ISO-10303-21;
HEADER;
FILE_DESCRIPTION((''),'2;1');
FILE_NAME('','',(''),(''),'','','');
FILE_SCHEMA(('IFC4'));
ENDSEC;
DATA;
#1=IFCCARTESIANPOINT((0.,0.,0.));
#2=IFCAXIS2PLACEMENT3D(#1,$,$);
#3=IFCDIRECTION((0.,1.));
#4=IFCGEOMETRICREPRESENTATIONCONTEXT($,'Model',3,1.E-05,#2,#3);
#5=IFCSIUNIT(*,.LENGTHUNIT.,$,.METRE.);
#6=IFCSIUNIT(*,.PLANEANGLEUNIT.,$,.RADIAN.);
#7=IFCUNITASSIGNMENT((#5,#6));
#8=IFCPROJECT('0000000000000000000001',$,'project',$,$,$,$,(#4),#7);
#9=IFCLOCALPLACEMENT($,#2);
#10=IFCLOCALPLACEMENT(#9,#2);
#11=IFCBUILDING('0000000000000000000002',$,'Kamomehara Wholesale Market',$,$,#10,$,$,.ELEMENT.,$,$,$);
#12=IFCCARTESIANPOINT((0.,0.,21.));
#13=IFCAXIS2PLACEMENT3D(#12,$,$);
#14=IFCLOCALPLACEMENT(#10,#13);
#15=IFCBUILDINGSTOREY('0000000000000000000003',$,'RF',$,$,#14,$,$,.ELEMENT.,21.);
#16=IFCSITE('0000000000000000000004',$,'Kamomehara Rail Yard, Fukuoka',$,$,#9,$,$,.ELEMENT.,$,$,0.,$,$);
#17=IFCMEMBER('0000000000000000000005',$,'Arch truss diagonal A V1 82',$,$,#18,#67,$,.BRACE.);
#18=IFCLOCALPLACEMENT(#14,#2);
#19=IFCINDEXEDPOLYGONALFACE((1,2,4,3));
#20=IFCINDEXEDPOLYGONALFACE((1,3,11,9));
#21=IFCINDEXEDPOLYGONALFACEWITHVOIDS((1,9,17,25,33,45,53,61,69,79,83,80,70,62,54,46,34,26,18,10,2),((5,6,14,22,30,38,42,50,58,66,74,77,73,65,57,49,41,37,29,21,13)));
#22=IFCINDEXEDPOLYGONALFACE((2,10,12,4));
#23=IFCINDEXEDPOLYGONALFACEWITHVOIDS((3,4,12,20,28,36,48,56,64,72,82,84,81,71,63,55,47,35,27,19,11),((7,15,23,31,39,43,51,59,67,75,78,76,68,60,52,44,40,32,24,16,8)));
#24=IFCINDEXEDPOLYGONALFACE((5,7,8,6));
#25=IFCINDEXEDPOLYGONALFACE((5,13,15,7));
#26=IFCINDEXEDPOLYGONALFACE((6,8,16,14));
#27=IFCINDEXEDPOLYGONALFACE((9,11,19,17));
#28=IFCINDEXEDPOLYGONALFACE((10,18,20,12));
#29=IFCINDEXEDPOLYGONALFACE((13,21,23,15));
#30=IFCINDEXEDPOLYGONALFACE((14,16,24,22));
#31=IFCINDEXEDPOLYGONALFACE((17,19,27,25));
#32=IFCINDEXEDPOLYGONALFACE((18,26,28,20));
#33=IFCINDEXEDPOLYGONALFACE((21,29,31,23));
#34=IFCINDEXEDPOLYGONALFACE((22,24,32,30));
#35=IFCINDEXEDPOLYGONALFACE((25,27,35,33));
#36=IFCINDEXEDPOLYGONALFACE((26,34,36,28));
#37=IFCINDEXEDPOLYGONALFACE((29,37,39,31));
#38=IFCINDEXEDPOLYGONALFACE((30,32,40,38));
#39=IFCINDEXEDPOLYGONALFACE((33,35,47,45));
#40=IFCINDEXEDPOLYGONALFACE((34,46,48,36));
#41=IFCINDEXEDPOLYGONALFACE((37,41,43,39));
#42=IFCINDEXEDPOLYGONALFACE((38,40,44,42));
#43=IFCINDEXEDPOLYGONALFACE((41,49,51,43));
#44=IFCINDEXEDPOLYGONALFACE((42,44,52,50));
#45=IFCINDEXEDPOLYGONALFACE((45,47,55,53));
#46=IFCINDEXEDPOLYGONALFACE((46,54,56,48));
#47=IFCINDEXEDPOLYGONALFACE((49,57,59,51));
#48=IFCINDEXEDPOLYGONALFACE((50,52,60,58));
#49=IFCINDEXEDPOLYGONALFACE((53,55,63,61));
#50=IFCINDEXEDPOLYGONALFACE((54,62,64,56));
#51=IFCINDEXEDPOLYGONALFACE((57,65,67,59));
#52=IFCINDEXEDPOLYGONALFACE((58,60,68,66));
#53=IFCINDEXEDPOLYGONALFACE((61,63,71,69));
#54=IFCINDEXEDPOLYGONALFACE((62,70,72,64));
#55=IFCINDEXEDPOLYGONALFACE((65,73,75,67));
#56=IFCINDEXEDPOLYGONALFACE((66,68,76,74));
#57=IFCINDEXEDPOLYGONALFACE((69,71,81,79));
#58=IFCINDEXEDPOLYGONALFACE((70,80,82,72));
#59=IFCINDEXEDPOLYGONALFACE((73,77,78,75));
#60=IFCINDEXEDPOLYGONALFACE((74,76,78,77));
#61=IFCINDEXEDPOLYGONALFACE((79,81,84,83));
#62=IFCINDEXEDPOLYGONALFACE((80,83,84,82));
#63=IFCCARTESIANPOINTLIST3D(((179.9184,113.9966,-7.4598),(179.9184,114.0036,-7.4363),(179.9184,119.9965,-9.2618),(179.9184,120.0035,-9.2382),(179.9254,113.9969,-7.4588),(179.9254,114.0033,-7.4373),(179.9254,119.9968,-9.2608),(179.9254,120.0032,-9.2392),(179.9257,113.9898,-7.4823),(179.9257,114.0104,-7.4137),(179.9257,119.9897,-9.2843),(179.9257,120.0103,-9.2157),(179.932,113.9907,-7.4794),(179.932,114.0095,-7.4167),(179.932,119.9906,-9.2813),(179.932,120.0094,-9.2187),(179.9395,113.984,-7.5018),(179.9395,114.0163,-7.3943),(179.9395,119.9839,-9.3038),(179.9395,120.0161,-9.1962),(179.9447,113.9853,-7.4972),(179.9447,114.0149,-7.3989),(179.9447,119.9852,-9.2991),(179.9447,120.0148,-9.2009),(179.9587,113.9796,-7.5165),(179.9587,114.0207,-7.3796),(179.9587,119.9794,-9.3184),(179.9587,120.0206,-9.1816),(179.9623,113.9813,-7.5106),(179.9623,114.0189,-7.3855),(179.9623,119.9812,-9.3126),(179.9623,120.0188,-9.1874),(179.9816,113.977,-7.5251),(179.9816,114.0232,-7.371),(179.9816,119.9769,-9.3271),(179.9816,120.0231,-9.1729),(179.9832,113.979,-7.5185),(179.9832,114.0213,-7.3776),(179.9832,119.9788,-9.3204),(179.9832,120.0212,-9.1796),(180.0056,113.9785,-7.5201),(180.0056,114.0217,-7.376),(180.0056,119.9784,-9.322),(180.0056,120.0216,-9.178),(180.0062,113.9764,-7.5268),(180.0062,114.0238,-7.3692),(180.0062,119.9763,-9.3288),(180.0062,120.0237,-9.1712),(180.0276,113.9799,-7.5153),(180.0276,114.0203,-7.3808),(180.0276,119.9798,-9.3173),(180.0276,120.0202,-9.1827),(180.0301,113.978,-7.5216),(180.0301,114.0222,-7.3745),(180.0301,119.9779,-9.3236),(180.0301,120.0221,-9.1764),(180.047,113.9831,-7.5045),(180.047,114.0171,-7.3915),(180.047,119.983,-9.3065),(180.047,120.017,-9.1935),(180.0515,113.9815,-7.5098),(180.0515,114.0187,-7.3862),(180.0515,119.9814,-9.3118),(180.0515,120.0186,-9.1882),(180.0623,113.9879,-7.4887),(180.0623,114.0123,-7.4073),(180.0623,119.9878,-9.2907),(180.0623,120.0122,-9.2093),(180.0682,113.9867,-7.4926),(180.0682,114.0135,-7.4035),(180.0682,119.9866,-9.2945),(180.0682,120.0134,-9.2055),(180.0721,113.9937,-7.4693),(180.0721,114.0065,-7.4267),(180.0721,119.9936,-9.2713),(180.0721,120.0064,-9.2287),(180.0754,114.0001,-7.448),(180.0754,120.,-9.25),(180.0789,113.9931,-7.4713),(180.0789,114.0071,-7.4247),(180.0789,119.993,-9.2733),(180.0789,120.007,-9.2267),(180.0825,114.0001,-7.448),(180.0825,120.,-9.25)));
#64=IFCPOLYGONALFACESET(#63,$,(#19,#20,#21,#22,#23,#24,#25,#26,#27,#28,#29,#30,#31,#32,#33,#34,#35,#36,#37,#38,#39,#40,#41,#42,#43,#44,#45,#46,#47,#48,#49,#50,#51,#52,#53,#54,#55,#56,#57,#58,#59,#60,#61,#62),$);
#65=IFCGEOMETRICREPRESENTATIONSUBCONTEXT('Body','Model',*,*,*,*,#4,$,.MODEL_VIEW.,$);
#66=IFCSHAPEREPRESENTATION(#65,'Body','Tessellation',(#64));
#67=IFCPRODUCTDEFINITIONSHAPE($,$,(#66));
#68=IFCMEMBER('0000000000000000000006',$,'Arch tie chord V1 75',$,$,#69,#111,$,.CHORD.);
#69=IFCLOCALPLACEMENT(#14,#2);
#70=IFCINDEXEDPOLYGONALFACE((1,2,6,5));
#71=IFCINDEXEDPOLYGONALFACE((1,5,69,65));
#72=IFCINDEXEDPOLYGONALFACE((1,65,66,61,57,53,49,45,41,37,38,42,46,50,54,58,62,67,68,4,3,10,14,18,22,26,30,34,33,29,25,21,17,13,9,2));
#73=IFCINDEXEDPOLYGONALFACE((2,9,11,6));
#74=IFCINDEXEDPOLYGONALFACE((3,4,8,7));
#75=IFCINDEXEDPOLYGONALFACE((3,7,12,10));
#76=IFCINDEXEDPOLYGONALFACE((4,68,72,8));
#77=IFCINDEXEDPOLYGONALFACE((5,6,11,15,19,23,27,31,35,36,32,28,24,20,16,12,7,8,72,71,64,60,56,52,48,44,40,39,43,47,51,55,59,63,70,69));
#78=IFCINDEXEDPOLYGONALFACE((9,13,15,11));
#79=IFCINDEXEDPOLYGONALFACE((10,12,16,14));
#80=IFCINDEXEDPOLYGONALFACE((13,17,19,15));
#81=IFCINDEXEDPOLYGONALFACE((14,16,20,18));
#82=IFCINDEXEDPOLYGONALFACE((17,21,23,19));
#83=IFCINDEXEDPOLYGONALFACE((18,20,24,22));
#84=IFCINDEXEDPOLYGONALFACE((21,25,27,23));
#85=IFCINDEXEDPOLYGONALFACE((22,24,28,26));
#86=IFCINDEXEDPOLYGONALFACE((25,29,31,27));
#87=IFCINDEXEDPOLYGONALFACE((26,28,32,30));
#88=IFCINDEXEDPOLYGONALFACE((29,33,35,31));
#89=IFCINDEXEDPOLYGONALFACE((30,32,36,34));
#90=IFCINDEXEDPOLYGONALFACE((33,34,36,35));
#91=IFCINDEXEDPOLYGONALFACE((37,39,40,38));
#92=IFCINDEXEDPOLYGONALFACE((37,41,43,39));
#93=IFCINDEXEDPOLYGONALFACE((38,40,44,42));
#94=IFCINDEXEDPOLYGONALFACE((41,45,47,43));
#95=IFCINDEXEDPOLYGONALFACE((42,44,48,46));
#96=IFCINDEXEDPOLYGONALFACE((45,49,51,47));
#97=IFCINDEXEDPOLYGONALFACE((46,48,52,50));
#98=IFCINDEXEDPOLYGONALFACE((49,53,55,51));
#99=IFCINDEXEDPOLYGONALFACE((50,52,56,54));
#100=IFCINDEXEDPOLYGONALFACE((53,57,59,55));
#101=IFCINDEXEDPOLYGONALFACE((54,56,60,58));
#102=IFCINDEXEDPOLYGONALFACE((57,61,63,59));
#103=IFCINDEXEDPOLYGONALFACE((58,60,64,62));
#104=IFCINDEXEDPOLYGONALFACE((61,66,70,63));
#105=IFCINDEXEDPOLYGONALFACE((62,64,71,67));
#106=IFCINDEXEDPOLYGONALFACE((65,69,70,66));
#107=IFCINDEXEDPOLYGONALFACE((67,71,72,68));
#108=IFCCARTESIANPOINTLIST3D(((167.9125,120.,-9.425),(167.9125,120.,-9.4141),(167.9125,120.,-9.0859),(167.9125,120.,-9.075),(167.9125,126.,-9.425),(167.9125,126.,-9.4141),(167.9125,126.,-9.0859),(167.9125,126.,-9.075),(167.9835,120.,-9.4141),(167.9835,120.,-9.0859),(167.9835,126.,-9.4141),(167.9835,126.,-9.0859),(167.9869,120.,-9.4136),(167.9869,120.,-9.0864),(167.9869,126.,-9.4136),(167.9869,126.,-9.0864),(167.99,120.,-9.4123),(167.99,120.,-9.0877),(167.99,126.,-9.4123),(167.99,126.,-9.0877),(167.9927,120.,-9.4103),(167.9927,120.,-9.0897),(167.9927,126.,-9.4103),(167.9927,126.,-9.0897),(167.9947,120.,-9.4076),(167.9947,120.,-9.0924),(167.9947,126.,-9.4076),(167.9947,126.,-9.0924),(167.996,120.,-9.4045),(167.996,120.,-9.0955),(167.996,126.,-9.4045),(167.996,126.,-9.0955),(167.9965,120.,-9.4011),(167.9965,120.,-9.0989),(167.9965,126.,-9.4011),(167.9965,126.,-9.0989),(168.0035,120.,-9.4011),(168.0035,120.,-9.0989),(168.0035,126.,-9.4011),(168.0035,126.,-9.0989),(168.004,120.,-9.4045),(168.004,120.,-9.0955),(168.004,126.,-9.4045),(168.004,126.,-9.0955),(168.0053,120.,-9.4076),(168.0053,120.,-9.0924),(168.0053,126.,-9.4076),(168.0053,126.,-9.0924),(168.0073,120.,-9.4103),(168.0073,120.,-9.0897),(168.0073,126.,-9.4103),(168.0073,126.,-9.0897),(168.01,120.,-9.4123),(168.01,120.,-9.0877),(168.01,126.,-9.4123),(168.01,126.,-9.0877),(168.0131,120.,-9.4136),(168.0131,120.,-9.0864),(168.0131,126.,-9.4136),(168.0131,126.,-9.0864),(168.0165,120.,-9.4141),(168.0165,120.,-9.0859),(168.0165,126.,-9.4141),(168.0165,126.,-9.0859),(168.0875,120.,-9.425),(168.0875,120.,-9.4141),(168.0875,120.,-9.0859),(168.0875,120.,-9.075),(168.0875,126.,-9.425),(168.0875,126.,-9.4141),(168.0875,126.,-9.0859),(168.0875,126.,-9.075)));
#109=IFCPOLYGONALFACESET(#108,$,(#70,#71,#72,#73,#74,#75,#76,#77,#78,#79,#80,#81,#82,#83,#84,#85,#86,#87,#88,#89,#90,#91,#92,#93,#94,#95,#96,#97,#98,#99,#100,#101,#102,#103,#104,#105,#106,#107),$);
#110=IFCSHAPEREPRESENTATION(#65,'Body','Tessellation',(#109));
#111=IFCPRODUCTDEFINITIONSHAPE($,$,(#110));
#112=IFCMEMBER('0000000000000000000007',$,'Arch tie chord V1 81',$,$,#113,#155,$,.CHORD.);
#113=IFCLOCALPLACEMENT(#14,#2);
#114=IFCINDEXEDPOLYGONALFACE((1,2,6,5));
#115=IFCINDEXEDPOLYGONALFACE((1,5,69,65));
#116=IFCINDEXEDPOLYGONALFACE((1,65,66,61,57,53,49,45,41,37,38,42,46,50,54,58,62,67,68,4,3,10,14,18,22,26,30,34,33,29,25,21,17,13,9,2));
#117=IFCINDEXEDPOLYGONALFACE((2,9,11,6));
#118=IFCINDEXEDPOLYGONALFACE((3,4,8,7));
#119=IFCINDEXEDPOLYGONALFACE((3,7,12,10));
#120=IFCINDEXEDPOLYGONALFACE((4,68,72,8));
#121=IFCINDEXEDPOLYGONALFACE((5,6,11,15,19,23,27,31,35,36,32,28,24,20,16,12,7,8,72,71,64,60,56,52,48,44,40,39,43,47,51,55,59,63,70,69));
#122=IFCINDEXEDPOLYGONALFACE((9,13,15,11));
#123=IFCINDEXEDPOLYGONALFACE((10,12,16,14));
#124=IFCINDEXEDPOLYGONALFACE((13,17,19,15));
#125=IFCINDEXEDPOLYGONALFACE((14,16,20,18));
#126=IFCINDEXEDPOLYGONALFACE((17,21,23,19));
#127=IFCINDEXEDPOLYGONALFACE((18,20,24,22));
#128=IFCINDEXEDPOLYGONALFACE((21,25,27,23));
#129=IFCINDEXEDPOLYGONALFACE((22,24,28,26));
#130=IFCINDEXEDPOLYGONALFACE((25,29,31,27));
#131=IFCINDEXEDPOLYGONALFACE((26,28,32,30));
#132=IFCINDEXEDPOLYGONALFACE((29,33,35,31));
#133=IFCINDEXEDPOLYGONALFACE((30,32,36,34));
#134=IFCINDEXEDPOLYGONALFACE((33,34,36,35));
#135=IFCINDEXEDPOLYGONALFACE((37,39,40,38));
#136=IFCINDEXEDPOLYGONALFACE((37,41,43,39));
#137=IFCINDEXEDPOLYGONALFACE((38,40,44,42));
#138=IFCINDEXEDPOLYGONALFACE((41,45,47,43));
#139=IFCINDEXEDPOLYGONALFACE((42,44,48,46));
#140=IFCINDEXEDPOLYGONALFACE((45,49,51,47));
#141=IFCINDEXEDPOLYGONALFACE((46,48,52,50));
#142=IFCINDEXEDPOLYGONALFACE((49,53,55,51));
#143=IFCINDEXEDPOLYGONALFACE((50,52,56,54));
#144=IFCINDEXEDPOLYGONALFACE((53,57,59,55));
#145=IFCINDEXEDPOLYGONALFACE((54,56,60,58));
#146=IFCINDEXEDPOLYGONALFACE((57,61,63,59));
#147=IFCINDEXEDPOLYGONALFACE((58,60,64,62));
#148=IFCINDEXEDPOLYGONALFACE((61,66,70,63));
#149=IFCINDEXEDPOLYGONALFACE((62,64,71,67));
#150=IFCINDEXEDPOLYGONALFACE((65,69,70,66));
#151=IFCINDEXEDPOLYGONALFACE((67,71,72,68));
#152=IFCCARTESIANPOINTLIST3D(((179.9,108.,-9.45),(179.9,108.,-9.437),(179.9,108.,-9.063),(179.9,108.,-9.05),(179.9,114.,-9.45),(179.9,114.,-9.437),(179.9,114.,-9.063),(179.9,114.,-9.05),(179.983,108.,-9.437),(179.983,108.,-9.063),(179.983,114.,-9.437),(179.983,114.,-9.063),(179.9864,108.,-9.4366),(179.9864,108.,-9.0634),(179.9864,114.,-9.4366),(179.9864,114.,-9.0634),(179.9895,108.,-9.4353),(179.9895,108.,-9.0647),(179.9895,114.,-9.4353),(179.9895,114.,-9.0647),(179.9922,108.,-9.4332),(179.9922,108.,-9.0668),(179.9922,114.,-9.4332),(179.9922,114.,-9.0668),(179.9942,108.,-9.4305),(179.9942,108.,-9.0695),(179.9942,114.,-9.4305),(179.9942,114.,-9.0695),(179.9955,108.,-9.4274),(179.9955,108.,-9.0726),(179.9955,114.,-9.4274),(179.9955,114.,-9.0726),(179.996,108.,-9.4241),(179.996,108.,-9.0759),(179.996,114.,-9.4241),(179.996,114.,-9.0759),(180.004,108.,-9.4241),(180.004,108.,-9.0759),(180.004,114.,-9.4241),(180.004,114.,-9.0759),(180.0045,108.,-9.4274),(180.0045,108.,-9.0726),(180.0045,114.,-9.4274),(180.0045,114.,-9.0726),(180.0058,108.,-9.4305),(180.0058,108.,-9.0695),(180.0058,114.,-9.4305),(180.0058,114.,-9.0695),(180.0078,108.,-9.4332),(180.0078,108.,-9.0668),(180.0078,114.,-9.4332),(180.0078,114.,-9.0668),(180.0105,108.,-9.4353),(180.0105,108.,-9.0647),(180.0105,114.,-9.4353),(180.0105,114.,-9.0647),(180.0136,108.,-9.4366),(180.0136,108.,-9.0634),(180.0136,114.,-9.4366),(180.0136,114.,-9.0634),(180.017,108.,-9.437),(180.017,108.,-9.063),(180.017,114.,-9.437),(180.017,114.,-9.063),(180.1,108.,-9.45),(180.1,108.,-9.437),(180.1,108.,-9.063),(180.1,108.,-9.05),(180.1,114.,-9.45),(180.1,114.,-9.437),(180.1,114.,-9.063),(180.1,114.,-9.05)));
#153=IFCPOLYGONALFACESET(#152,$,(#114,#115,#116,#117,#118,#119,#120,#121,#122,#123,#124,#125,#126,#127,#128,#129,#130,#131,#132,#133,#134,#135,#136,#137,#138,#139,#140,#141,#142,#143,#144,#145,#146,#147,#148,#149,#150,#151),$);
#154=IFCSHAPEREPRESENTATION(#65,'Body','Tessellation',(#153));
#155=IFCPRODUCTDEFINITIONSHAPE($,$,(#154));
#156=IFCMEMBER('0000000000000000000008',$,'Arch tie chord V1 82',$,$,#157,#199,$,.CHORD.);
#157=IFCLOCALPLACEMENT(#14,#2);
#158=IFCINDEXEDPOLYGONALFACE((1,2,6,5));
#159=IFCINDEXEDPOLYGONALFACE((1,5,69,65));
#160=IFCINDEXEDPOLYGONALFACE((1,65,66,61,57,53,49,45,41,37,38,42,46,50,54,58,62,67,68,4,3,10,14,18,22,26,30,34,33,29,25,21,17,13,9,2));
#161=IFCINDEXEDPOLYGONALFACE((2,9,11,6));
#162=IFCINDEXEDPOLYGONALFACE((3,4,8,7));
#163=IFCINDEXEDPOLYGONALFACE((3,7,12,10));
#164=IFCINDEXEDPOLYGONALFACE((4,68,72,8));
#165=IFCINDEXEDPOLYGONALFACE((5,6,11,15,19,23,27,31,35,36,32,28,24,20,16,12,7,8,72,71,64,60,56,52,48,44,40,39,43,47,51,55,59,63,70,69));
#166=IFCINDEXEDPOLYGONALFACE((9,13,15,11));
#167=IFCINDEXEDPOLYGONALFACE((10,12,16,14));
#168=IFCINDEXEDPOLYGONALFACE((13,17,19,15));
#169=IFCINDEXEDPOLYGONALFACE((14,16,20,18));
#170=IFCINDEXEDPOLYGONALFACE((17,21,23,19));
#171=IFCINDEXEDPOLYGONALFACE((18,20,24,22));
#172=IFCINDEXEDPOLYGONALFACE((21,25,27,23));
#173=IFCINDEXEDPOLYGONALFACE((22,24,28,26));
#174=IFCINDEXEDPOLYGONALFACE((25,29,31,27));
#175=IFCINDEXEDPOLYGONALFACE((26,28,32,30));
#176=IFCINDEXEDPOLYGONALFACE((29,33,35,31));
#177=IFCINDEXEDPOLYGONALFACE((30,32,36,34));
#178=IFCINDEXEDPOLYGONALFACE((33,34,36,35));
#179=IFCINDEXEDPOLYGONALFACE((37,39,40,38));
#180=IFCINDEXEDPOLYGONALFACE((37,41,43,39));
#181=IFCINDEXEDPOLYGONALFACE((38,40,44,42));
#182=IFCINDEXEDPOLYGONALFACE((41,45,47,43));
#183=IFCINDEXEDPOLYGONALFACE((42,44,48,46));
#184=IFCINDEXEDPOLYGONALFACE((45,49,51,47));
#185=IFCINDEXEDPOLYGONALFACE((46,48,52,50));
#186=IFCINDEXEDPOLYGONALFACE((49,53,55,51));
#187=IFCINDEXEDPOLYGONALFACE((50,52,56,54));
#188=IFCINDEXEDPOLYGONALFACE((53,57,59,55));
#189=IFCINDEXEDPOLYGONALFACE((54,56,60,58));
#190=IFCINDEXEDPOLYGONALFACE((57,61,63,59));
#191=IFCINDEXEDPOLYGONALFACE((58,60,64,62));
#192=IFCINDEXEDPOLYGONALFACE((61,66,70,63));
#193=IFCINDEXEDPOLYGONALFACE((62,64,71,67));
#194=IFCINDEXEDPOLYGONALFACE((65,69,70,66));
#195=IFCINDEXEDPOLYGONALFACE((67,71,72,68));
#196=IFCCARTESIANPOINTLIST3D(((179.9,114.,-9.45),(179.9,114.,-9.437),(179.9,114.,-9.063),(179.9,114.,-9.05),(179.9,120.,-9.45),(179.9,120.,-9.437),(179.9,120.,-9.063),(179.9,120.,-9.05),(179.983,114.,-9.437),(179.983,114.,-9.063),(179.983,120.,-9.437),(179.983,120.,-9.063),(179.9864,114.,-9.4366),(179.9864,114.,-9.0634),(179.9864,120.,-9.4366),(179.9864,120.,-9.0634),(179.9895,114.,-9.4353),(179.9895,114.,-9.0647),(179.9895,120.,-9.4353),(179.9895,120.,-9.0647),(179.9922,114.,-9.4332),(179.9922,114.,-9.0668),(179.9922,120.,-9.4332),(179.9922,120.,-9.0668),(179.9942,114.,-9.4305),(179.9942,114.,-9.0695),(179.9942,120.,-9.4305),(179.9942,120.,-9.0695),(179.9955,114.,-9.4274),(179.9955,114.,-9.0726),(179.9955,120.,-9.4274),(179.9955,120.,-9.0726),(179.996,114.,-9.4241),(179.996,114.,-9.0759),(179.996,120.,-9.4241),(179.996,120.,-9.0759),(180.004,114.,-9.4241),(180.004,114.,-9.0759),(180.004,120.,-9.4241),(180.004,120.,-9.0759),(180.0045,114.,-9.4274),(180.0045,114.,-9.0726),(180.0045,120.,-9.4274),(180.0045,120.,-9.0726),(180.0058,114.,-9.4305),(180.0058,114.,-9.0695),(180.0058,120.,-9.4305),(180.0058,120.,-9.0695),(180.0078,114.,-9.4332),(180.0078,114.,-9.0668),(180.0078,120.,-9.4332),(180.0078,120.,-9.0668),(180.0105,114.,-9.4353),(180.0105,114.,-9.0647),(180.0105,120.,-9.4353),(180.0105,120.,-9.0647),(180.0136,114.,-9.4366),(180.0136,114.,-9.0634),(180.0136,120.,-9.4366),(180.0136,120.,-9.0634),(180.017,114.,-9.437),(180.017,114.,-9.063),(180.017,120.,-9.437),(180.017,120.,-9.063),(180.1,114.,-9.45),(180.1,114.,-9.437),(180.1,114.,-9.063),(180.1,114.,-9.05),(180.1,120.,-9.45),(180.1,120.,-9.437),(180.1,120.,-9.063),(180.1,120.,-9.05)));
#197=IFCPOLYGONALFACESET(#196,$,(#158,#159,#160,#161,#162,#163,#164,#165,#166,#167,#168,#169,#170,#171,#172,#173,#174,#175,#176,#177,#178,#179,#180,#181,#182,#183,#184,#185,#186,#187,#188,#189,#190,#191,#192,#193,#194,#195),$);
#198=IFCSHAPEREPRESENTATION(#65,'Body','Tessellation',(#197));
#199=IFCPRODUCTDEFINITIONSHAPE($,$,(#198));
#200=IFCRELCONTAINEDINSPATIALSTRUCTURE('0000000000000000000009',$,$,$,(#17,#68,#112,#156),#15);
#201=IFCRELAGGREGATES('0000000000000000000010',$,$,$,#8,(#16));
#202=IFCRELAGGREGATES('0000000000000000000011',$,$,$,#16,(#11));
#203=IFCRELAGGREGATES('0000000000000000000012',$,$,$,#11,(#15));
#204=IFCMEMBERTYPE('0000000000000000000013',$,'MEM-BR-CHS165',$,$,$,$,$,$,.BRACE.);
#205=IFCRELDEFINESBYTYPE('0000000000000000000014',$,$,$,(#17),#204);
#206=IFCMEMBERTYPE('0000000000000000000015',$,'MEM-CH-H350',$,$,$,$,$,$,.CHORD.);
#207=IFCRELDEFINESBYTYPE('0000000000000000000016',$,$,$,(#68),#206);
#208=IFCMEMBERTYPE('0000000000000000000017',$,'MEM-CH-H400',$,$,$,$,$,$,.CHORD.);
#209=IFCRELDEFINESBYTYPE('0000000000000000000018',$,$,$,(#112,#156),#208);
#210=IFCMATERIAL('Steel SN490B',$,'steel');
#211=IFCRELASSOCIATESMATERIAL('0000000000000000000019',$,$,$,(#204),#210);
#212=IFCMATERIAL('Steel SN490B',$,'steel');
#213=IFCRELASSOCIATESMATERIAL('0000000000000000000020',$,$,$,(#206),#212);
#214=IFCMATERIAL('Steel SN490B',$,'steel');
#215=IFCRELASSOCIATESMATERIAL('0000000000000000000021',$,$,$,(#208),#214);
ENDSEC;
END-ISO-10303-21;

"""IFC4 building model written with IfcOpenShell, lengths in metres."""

from ifc_helpers import new_model, si_unit, direction, frame, origin, origin_2d, place, context, subcontext, project, spatial, hollow_circle, i_section, extrude, material, material_profile, profile_set, type_object, element, save


model = new_model("IFC4")

# Units and contexts
model_context = context("Model", 3, precision=1e-05, world=origin(), true_north=direction((0.0, 1.0)))
body_context = subcontext(model_context, "Body", "Model", "MODEL_VIEW")
ifc_project = project(units=[si_unit("LENGTHUNIT", "METRE"), si_unit("PLANEANGLEUNIT", "RADIAN")], contexts=[model_context])

# Site, building, storey
site_placement = place(None, origin())
site = spatial("IfcSite", under=ifc_project, at=site_placement, Name="Kamomehara Rail Yard, Fukuoka", CompositionType="ELEMENT", RefElevation=0.0)
building_placement = place(site_placement, origin())
building = spatial("IfcBuilding", under=site, at=building_placement, Name="Kamomehara Wholesale Market", CompositionType="ELEMENT")
storey_placement = place(building_placement, frame((0.0, 0.0, 21.0)))
storey = spatial("IfcBuildingStorey", under=building, at=storey_placement, Name="RF", CompositionType="ELEMENT", Elevation=21.0)

# Members
ifc_material_1 = material(Name="Steel SN490B", Category="steel")
ifc_material_profile_1 = material_profile(ifc_material_1, hollow_circle(Radius=0.0825, WallThickness=0.0071, at=origin_2d()), Name="CHS-165.2x7.1")
ifc_profile_set_1 = profile_set([ifc_material_profile_1], Name="Steel SN490B")
member_type_1 = type_object("IfcMemberType", Name="MEM-BR-CHS165", PredefinedType="BRACE", material=ifc_profile_set_1)
member_1_placement = place(storey_placement, frame((180.0, 120.0, -9.25), z_axis=(0.0, -0.957738, 0.287641), x_axis=(1.0, 0.0, 0.0)))
element("IfcMember", 1, at=member_1_placement, inside=storey, type_object=member_type_1, Name="Arch truss diagonal A V1 82", PredefinedType="BRACE", context=body_context, shape_type="SweptSolid", body=[
    extrude(hollow_circle(Radius=0.0825, WallThickness=0.0071, at=origin_2d()), origin(), (0.0, 0.0, 1.0), 6.2646),
])
ifc_material_2 = material(Name="Steel SN490B", Category="steel")
ifc_material_profile_2 = material_profile(ifc_material_2, i_section(OverallWidth=0.175, OverallDepth=0.3501, WebThickness=0.0071, FlangeThickness=0.011, FilletRadius=0.0129, at=origin_2d()), Name="H-350x175x7x11")
ifc_profile_set_2 = profile_set([ifc_material_profile_2], Name="Steel SN490B")
member_type_2 = type_object("IfcMemberType", Name="MEM-CH-H350", PredefinedType="CHORD", material=ifc_profile_set_2)
member_2_placement = place(storey_placement, frame((168.0, 120.0, -9.25), z_axis=(0.0, 1.0, 0.0), x_axis=(-1.0, 0.0, 0.0)))
element("IfcMember", 2, at=member_2_placement, inside=storey, type_object=member_type_2, Name="Arch tie chord V1 75", PredefinedType="CHORD", context=body_context, shape_type="SweptSolid", body=[
    extrude(i_section(OverallWidth=0.175, OverallDepth=0.3501, WebThickness=0.0071, FlangeThickness=0.011, FilletRadius=0.0129, at=origin_2d()), origin(), (0.0, 0.0, 1.0), 6.0),
])
ifc_material_3 = material(Name="Steel SN490B", Category="steel")
ifc_material_profile_3 = material_profile(ifc_material_3, i_section(OverallWidth=0.2, OverallDepth=0.3999, WebThickness=0.0081, FlangeThickness=0.0129, FilletRadius=0.0129, at=origin_2d()), Name="H-400x200x8x13")
ifc_profile_set_3 = profile_set([ifc_material_profile_3], Name="Steel SN490B")
member_type_3 = type_object("IfcMemberType", Name="MEM-CH-H400", PredefinedType="CHORD", material=ifc_profile_set_3)
for number, where, z_axis, x_axis, name in (
    (3, (180.0, 108.0, -9.25), (0.0, 1.0, 0.0), (-1.0, 0.0, 0.0), "Arch tie chord V1 81"),
    (4, (180.0, 114.0, -9.25), (0.0, 1.0, 0.0), (-1.0, 0.0, 0.0), "Arch tie chord V1 82"),
):
    element("IfcMember", number, at=place(storey_placement, frame(where, z_axis=z_axis, x_axis=x_axis)), inside=storey, type_object=member_type_3, Name=name, PredefinedType="CHORD", context=body_context, shape_type="SweptSolid", body=[
        extrude(i_section(OverallWidth=0.2, OverallDepth=0.3999, WebThickness=0.0081, FlangeThickness=0.0129, FilletRadius=0.0129, at=origin_2d()), origin(), (0.0, 0.0, 1.0), 6.0),
    ])

save(model, "model.ifc")
